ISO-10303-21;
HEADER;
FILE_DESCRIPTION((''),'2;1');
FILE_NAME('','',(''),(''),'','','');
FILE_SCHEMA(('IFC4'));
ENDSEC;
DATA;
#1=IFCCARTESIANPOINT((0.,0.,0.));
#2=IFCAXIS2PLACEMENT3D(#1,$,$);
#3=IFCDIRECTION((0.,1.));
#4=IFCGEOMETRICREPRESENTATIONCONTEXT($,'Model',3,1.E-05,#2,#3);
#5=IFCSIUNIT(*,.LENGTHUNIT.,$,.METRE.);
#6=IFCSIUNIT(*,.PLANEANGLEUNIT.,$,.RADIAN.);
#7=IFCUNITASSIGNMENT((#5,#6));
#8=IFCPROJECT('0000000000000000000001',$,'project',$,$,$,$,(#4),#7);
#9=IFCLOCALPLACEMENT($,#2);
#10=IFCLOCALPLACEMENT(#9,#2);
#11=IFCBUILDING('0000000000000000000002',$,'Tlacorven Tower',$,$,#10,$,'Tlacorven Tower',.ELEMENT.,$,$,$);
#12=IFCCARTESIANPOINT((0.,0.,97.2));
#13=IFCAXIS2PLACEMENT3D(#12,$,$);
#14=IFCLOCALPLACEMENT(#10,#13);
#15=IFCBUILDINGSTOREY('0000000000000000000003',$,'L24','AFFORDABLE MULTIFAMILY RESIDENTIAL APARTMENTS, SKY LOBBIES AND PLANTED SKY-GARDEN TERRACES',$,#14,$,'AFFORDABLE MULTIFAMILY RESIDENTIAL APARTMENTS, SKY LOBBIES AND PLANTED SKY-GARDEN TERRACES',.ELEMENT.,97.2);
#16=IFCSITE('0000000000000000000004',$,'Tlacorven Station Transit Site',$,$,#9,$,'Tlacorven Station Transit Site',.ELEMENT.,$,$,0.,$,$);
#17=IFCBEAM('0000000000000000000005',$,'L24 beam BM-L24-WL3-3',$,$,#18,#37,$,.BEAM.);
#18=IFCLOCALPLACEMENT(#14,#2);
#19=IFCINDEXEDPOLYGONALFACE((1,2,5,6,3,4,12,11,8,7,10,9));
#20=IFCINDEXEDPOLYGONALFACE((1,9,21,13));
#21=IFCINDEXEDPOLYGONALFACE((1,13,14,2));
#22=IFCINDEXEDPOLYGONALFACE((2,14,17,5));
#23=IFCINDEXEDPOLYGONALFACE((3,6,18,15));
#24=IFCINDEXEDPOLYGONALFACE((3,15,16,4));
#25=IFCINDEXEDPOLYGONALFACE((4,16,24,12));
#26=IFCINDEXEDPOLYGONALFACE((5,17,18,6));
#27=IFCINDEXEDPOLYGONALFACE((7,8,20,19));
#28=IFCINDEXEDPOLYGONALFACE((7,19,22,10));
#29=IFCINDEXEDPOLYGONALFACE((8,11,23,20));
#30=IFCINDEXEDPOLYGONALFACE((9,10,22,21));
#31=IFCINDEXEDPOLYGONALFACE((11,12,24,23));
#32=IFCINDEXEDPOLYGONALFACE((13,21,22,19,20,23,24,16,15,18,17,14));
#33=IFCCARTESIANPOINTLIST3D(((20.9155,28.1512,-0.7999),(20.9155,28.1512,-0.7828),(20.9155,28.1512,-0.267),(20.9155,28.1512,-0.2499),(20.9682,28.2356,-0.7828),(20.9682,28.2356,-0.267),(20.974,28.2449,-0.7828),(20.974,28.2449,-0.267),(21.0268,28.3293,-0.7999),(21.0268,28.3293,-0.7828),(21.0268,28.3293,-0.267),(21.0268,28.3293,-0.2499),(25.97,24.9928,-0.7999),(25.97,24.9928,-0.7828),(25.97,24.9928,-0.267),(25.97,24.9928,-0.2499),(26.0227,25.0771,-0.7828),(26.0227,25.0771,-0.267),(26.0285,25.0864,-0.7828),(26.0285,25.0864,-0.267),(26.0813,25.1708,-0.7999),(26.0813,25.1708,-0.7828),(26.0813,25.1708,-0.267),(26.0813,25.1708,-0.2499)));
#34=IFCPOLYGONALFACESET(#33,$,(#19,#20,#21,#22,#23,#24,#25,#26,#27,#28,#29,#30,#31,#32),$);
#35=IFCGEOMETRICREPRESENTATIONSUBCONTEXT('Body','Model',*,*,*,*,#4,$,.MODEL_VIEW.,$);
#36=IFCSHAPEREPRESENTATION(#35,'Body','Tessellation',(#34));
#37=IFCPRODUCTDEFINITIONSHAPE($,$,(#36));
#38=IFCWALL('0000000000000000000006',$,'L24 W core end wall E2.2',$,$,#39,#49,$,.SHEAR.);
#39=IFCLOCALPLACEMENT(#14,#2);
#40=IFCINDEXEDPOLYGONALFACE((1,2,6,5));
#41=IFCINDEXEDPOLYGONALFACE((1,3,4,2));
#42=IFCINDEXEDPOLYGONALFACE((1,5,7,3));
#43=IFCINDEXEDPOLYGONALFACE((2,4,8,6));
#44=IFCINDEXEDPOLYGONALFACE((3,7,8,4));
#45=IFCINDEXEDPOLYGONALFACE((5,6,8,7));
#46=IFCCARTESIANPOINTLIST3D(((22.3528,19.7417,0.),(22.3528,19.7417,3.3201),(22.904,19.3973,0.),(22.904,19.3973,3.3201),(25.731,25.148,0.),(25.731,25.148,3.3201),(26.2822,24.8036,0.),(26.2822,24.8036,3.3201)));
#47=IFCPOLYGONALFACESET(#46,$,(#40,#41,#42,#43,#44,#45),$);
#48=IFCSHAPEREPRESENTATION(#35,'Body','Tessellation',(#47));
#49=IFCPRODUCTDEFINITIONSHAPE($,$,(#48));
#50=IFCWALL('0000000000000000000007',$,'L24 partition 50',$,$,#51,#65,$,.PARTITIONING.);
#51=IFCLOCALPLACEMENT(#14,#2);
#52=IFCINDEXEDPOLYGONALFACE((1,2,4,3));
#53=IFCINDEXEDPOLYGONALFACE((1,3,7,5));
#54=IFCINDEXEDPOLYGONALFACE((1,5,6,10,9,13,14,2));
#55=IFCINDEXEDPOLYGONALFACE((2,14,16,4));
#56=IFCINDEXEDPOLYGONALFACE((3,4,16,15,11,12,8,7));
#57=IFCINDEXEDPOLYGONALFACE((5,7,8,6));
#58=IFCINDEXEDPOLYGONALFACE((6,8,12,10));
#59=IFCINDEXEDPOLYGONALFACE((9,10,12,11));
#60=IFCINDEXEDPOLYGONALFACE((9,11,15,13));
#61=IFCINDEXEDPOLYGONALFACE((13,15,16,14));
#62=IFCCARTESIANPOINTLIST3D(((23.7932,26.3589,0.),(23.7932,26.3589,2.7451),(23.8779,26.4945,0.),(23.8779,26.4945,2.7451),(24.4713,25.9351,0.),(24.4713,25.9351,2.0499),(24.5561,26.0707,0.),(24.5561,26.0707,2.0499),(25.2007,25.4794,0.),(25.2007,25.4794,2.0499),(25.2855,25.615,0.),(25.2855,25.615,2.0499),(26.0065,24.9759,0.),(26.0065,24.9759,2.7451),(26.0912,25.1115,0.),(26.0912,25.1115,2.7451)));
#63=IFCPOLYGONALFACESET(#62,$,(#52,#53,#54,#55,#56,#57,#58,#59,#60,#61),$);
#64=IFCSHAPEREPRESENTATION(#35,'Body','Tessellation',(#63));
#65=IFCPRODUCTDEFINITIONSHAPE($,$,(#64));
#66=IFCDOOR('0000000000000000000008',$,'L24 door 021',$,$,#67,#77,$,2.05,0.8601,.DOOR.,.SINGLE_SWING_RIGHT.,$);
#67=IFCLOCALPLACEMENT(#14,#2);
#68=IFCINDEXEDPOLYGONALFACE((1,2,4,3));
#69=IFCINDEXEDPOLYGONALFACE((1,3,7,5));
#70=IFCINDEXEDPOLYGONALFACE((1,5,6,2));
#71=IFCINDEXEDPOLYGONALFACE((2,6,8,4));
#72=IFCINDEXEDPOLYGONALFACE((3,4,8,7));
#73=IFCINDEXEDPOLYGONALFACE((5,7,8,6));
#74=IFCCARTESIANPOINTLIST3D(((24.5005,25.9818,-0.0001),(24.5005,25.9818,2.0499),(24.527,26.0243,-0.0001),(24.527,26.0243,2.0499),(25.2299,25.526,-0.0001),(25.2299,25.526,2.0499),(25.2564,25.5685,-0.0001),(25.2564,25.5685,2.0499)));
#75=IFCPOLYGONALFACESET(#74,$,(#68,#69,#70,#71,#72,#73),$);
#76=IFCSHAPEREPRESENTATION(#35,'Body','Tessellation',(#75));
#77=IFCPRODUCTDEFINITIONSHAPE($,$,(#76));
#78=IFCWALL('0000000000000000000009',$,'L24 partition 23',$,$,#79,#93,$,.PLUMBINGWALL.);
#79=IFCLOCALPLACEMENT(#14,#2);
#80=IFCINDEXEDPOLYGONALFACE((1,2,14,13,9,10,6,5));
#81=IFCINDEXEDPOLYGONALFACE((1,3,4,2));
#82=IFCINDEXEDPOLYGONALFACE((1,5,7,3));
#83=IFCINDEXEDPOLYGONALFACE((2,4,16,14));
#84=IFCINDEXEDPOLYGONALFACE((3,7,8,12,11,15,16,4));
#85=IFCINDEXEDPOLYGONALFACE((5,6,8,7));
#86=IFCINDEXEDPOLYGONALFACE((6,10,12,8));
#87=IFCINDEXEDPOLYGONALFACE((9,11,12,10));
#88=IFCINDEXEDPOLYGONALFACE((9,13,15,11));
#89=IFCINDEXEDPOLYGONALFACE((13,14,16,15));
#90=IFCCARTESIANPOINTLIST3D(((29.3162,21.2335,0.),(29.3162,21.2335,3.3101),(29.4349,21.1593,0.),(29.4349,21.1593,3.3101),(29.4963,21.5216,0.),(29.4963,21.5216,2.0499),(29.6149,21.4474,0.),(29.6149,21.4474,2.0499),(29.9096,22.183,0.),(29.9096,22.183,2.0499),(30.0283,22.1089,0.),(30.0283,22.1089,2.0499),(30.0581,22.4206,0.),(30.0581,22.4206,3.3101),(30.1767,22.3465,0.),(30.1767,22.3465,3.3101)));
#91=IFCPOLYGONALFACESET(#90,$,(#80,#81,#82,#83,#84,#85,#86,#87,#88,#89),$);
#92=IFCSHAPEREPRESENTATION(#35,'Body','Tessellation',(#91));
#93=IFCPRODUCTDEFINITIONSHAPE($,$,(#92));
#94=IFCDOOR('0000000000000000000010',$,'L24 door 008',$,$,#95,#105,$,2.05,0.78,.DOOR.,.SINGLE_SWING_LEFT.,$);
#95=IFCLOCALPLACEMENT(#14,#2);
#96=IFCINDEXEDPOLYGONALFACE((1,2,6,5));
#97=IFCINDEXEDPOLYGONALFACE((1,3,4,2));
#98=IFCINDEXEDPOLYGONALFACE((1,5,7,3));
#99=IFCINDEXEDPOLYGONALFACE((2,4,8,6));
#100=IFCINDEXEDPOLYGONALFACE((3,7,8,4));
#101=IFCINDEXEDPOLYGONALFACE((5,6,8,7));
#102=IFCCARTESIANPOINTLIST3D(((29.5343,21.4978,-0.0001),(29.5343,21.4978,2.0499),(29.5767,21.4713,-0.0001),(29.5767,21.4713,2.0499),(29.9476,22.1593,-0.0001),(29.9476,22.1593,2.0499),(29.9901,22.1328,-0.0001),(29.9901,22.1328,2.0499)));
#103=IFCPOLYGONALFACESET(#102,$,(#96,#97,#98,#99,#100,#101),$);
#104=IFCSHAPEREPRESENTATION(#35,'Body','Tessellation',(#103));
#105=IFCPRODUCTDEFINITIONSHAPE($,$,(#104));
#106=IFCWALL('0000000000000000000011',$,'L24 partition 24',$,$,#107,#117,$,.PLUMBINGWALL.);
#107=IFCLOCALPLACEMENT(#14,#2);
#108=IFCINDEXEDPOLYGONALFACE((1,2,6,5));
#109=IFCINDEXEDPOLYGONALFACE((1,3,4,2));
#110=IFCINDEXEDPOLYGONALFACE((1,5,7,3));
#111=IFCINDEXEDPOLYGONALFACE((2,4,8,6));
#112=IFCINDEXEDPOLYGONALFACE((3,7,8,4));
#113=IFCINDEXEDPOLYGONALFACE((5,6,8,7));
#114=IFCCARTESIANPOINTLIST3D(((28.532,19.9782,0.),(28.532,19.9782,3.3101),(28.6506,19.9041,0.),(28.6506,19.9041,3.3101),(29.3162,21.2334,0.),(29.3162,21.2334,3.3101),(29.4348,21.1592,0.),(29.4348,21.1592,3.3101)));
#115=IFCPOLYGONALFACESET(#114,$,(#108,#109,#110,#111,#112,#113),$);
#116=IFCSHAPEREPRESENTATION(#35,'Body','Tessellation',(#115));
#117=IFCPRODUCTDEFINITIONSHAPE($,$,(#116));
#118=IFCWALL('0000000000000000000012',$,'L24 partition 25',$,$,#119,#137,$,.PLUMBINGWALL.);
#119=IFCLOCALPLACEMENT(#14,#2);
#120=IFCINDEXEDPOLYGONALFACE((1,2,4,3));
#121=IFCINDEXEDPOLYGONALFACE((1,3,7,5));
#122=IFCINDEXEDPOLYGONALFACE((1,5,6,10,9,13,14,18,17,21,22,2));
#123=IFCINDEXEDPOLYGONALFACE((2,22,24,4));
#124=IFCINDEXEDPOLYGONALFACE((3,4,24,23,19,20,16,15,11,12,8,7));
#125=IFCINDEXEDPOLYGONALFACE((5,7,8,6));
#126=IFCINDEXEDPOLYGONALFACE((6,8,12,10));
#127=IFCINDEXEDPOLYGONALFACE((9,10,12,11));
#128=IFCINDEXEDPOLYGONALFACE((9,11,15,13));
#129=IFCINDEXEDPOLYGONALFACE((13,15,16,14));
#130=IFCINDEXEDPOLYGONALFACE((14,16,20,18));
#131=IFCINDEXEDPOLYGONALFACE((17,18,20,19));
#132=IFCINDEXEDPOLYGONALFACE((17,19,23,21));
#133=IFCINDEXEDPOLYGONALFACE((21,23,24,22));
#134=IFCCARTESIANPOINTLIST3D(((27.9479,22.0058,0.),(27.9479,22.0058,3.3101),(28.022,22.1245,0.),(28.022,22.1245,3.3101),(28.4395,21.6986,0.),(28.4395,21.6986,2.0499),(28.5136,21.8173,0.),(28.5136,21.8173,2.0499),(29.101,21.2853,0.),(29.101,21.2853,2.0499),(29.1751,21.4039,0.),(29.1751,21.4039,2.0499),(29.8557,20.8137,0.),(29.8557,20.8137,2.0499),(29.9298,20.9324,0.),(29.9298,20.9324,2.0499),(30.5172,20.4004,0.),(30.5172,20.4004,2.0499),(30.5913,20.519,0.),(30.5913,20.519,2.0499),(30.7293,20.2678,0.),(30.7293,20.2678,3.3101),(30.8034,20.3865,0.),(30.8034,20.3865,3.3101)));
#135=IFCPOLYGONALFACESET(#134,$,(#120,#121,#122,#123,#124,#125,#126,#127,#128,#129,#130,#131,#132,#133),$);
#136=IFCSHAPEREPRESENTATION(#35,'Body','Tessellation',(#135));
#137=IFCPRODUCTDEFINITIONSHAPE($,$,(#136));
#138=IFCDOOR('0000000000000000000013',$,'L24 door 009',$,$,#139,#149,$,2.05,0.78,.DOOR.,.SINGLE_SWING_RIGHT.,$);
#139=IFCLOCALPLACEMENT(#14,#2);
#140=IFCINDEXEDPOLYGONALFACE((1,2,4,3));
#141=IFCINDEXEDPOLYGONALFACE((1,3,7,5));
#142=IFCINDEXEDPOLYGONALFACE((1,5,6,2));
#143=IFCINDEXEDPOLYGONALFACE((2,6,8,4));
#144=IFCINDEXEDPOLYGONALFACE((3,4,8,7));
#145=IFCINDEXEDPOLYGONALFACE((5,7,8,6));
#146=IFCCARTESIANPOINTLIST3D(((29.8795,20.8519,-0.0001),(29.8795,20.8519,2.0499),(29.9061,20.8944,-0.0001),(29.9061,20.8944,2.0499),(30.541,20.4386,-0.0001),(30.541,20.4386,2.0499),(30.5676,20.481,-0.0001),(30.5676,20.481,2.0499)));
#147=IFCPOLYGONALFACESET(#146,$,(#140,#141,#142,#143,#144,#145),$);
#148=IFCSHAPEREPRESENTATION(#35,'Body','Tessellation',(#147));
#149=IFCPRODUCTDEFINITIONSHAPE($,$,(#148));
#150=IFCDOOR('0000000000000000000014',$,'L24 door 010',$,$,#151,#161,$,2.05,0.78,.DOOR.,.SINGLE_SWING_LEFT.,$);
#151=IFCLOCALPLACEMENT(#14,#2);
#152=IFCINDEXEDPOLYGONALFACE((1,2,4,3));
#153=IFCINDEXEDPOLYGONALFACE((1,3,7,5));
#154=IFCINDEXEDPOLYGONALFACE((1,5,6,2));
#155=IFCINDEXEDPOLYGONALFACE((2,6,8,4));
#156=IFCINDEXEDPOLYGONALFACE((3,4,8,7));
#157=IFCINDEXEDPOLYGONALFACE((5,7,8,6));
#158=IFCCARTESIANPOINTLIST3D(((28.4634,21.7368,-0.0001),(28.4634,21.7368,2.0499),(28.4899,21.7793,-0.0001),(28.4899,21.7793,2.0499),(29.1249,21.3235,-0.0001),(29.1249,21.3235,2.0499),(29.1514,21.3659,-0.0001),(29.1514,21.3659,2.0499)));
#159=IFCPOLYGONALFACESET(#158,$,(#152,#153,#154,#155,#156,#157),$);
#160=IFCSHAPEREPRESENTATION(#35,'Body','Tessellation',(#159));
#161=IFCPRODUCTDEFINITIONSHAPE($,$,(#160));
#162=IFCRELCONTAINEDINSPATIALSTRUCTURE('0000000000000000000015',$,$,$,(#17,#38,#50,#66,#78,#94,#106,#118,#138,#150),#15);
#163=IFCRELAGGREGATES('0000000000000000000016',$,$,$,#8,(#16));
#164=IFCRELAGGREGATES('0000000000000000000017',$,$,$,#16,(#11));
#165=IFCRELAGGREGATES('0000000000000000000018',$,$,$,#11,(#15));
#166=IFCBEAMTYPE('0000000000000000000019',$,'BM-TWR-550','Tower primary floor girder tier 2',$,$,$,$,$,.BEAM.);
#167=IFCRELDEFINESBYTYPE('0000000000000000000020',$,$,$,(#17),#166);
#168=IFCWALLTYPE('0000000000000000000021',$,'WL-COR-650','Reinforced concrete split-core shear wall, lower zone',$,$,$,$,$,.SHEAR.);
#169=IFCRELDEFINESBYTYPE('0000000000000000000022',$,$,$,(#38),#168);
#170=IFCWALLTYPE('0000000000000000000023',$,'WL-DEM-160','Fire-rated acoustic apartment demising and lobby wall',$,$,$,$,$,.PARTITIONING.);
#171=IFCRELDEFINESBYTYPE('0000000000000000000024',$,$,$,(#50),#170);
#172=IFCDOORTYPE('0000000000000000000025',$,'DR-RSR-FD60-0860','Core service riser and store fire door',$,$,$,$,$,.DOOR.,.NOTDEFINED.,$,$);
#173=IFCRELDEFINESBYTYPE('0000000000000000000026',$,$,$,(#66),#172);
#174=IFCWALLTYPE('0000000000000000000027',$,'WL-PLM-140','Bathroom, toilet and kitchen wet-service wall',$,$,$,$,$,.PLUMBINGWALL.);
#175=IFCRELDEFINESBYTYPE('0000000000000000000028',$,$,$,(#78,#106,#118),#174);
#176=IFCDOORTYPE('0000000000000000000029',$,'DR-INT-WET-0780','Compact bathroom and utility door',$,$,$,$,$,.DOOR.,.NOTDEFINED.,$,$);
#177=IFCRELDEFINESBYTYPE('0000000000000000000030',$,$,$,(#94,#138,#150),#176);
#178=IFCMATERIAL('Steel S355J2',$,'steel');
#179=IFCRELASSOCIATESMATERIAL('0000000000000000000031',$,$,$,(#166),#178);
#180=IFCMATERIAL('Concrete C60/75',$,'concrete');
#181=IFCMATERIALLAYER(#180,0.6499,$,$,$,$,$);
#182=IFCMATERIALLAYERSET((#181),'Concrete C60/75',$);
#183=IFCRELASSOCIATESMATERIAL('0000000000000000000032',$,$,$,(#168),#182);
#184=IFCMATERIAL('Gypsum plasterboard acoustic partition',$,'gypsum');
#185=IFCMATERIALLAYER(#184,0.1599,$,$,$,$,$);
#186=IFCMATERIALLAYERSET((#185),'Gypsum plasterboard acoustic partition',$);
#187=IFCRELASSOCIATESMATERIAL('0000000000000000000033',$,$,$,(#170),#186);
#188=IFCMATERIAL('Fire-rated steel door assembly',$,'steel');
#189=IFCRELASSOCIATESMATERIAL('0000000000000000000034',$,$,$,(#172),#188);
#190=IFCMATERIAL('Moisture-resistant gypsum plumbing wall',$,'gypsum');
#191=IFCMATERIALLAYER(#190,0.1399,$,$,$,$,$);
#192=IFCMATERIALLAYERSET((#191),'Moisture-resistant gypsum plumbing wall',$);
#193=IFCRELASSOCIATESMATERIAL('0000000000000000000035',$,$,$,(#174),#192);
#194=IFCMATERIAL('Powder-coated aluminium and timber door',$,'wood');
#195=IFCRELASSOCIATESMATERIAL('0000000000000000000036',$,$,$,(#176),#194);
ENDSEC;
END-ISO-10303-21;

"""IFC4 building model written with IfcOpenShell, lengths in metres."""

from ifc_helpers import new_model, si_unit, direction, frame, frame_2d, origin, origin_2d, place, context, subcontext, project, spatial, rectangle, i_section, extrude, source, transform, mapped, material, layer, layer_set, material_profile, profile_set, type_object, element, fill, save


model = new_model("IFC4")

# Units and contexts
model_context = context("Model", 3, precision=1e-05, world=origin(), true_north=direction((0.0, 1.0)))
body_context = subcontext(model_context, "Body", "Model", "MODEL_VIEW")
ifc_project = project(units=[si_unit("LENGTHUNIT", "METRE"), si_unit("PLANEANGLEUNIT", "RADIAN")], contexts=[model_context])

# Site, building, storey
site_placement = place(None, origin())
site = spatial("IfcSite", under=ifc_project, at=site_placement, Name="Tlacorven Station Transit Site", LongName="Tlacorven Station Transit Site", CompositionType="ELEMENT", RefElevation=0.0)
building_placement = place(site_placement, origin())
building = spatial("IfcBuilding", under=site, at=building_placement, Name="Tlacorven Tower", LongName="Tlacorven Tower", CompositionType="ELEMENT")
storey_placement = place(building_placement, frame((0.0, 0.0, 97.2)))
storey = spatial("IfcBuildingStorey", under=building, at=storey_placement, Name="L24", Description="AFFORDABLE MULTIFAMILY RESIDENTIAL APARTMENTS, SKY LOBBIES AND PLANTED SKY-GARDEN TERRACES", LongName="AFFORDABLE MULTIFAMILY RESIDENTIAL APARTMENTS, SKY LOBBIES AND PLANTED SKY-GARDEN TERRACES", CompositionType="ELEMENT", Elevation=97.2)

# Beam
ifc_material_1 = material(Name="Steel S355J2", Category="steel")
ifc_material_profile = material_profile(ifc_material_1, i_section(OverallWidth=0.21, OverallDepth=0.55, WebThickness=0.011, FlangeThickness=0.0171, at=origin_2d()), Name="IPE 550")
ifc_profile_set = profile_set([ifc_material_profile], Name="Steel S355J2")
beam_type = type_object("IfcBeamType", Name="BM-TWR-550", Description="Tower primary floor girder tier 2", PredefinedType="BEAM", material=ifc_profile_set)
shared_shape_1 = source(origin(), body_context, "Body", "SweptSolid", [
    extrude(i_section(OverallWidth=0.21, OverallDepth=0.55, WebThickness=0.011, FlangeThickness=0.0171, at=origin_2d()), origin(), (0.0, 0.0, 1.0), 5.9602),
])
beam_placement = place(storey_placement, frame((26.0256, 25.0818, -0.5249), z_axis=(-0.848042, 0.529929, 0.0), x_axis=(-0.529929, -0.848042, 0.0)))
element("IfcBeam", 1, at=beam_placement, inside=storey, type_object=beam_type, Name="L24 beam BM-L24-WL3-3", PredefinedType="BEAM", context=body_context, shape_type="MappedRepresentation", body=[
    mapped(shared_shape_1, transform((0.0, 0.0, 0.0), scale=1.0)),
])

# Wall
ifc_material_2 = material(Name="Concrete C60/75", Category="concrete")
ifc_layer_1 = layer(ifc_material_2, 0.6499)
ifc_layer_set_1 = layer_set([ifc_layer_1], Name="Concrete C60/75")
wall_type_1 = type_object("IfcWallType", Name="WL-COR-650", Description="Reinforced concrete split-core shear wall, lower zone", PredefinedType="SHEAR", material=ifc_layer_set_1)
wall_1_placement = place(storey_placement, frame((26.0066, 24.9758, 0.0), z_axis=(0.0, 0.0, 1.0), x_axis=(-0.529916, -0.84805, 0.0)))
element("IfcWall", 2, at=wall_1_placement, inside=storey, type_object=wall_type_1, Name="L24 W core end wall E2.2", PredefinedType="SHEAR", context=body_context, shape_type="SweptSolid", body=[
    extrude(rectangle(XDim=6.375, YDim=0.6499, at=frame_2d((3.1875, 0.0))), origin(), (0.0, 0.0, 1.0), 3.3201),
])

# Walls, openings, doors
ifc_material_3 = material(Name="Gypsum plasterboard acoustic partition", Category="gypsum")
ifc_layer_2 = layer(ifc_material_3, 0.1599)
ifc_layer_set_2 = layer_set([ifc_layer_2], Name="Gypsum plasterboard acoustic partition")
wall_type_2 = type_object("IfcWallType", Name="WL-DEM-160", Description="Fire-rated acoustic apartment demising and lobby wall", PredefinedType="PARTITIONING", material=ifc_layer_set_2)
wall_2_placement = place(storey_placement, frame((26.0488, 25.0437, 0.0), z_axis=(0.0, 0.0, 1.0), x_axis=(-0.848051, 0.529915, 0.0)))
wall_2 = element("IfcWall", 3, at=wall_2_placement, inside=storey, type_object=wall_type_2, Name="L24 partition 50", PredefinedType="PARTITIONING", context=body_context, shape_type="SweptSolid", body=[
    extrude(rectangle(XDim=2.6099, YDim=0.1599, at=frame_2d((1.3049, 0.0))), origin(), (0.0, 0.0, 1.0), 2.7451),
])
opening_1_placement = place(wall_2_placement, frame((0.95, 0.0, 0.0)))
opening_1 = element("IfcOpeningElement", 4, at=opening_1_placement, cuts=wall_2, PredefinedType="OPENING", context=body_context, shape_type="SweptSolid", body=[
    extrude(rectangle(XDim=0.8601, YDim=2.05, at=frame_2d((0.4302, 1.0249))), frame((0.0, 0.0898, 0.0), z_axis=(0.0, -1.0, 0.0), x_axis=(1.0, 0.0, 0.0)), (0.0, 0.0, 1.0), 0.1799),
])
ifc_material_4 = material(Name="Fire-rated steel door assembly", Category="steel")
door_type_1 = type_object("IfcDoorType", Name="DR-RSR-FD60-0860", Description="Core service riser and store fire door", OperationType="NOTDEFINED", PredefinedType="DOOR", material=ifc_material_4)
shared_shape_2 = source(origin(), body_context, "Body", "SweptSolid", [
    extrude(rectangle(XDim=0.8601, YDim=2.05, at=frame_2d((0.4302, 1.0249))), frame((0.0, 0.0249, 0.0), z_axis=(0.0, -1.0, 0.0), x_axis=(1.0, 0.0, 0.0)), (0.0, 0.0, 1.0), 0.05),
])
door_1_placement = place(opening_1_placement, origin())
door_1 = element("IfcDoor", 5, at=door_1_placement, inside=storey, type_object=door_type_1, Name="L24 door 021", OperationType="SINGLE_SWING_RIGHT", OverallHeight=2.05, OverallWidth=0.8601, PredefinedType="DOOR", context=body_context, shape_type="MappedRepresentation", body=[
    mapped(shared_shape_2, transform((0.0, 0.0, 0.0), scale=1.0)),
])
fill(opening_1, door_1)
ifc_material_5 = material(Name="Moisture-resistant gypsum plumbing wall", Category="gypsum")
ifc_layer_3 = layer(ifc_material_5, 0.1399)
ifc_layer_set_3 = layer_set([ifc_layer_3], Name="Moisture-resistant gypsum plumbing wall")
wall_type_3 = type_object("IfcWallType", Name="WL-PLM-140", Description="Bathroom, toilet and kitchen wet-service wall", PredefinedType="PLUMBINGWALL", material=ifc_layer_set_3)
wall_3_placement = place(storey_placement, frame((30.1174, 22.3835, 0.0), z_axis=(0.0, 0.0, 1.0), x_axis=(-0.529952, -0.848028, 0.0)))
wall_3 = element("IfcWall", 6, at=wall_3_placement, inside=storey, type_object=wall_type_3, Name="L24 partition 23", PredefinedType="PLUMBINGWALL", context=body_context, shape_type="SweptSolid", body=[
    extrude(rectangle(XDim=1.3999, YDim=0.1399, at=frame_2d((0.7, 0.0))), origin(), (0.0, 0.0, 1.0), 3.3101),
])
opening_2_placement = place(wall_3_placement, frame((0.28, 0.0, 0.0)))
opening_2 = element("IfcOpeningElement", 7, at=opening_2_placement, cuts=wall_3, PredefinedType="OPENING", context=body_context, shape_type="SweptSolid", body=[
    extrude(rectangle(XDim=0.78, YDim=2.05, at=frame_2d((0.3901, 1.0249))), frame((0.0, 0.0801, 0.0), z_axis=(0.0, -1.0, 0.0), x_axis=(1.0, 0.0, 0.0)), (0.0, 0.0, 1.0), 0.1599),
])
ifc_material_6 = material(Name="Powder-coated aluminium and timber door", Category="wood")
door_type_2 = type_object("IfcDoorType", Name="DR-INT-WET-0780", Description="Compact bathroom and utility door", OperationType="NOTDEFINED", PredefinedType="DOOR", material=ifc_material_6)
shared_shape_3 = source(origin(), body_context, "Body", "SweptSolid", [
    extrude(rectangle(XDim=0.78, YDim=2.05, at=frame_2d((0.3901, 1.0249))), frame((0.0, 0.0249, 0.0), z_axis=(0.0, -1.0, 0.0), x_axis=(1.0, 0.0, 0.0)), (0.0, 0.0, 1.0), 0.05),
])
door_2_placement = place(opening_2_placement, origin())
door_2 = element("IfcDoor", 8, at=door_2_placement, inside=storey, type_object=door_type_2, Name="L24 door 008", OperationType="SINGLE_SWING_LEFT", OverallHeight=2.05, OverallWidth=0.78, PredefinedType="DOOR", context=body_context, shape_type="MappedRepresentation", body=[
    mapped(shared_shape_3, transform((0.0, 0.0, 0.0), scale=1.0)),
])
fill(opening_2, door_2)

# Wall
wall_4_placement = place(storey_placement, frame((29.3755, 21.1963, 0.0), z_axis=(0.0, 0.0, 1.0), x_axis=(-0.529865, -0.848082, 0.0)))
element("IfcWall", 9, at=wall_4_placement, inside=storey, type_object=wall_type_3, Name="L24 partition 24", PredefinedType="PLUMBINGWALL", context=body_context, shape_type="SweptSolid", body=[
    extrude(rectangle(XDim=1.48, YDim=0.1399, at=frame_2d((0.74, 0.0))), origin(), (0.0, 0.0, 1.0), 3.3101),
])

# Wall, openings, doors
wall_5_placement = place(storey_placement, frame((30.7664, 20.3271, 0.0), z_axis=(0.0, 0.0, 1.0), x_axis=(-0.848053, 0.529912, 0.0)))
wall_5 = element("IfcWall", 10, at=wall_5_placement, inside=storey, type_object=wall_type_3, Name="L24 partition 25", PredefinedType="PLUMBINGWALL", context=body_context, shape_type="SweptSolid", body=[
    extrude(rectangle(XDim=3.2798, YDim=0.1399, at=frame_2d((1.6399, 0.0))), origin(), (0.0, 0.0, 1.0), 3.3101),
])
opening_3_placement = place(wall_5_placement, frame((0.25, 0.0, 0.0)))
opening_3 = element("IfcOpeningElement", 11, at=opening_3_placement, cuts=wall_5, PredefinedType="OPENING", context=body_context, shape_type="SweptSolid", body=[
    extrude(rectangle(XDim=0.78, YDim=2.05, at=frame_2d((0.3901, 1.0249))), frame((0.0, 0.0801, 0.0), z_axis=(0.0, -1.0, 0.0), x_axis=(1.0, 0.0, 0.0)), (0.0, 0.0, 1.0), 0.1599),
])
opening_4_placement = place(wall_5_placement, frame((1.9199, 0.0, 0.0)))
opening_4 = element("IfcOpeningElement", 12, at=opening_4_placement, cuts=wall_5, PredefinedType="OPENING", context=body_context, shape_type="SweptSolid", body=[
    extrude(rectangle(XDim=0.78, YDim=2.05, at=frame_2d((0.3901, 1.0249))), frame((0.0, 0.0801, 0.0), z_axis=(0.0, -1.0, 0.0), x_axis=(1.0, 0.0, 0.0)), (0.0, 0.0, 1.0), 0.1599),
])
door_3_placement = place(opening_3_placement, origin())
door_3 = element("IfcDoor", 13, at=door_3_placement, inside=storey, type_object=door_type_2, Name="L24 door 009", OperationType="SINGLE_SWING_RIGHT", OverallHeight=2.05, OverallWidth=0.78, PredefinedType="DOOR", context=body_context, shape_type="MappedRepresentation", body=[
    mapped(shared_shape_3, transform((0.0, 0.0, 0.0), scale=1.0)),
])
fill(opening_3, door_3)
door_4_placement = place(opening_4_placement, origin())
door_4 = element("IfcDoor", 14, at=door_4_placement, inside=storey, type_object=door_type_2, Name="L24 door 010", OperationType="SINGLE_SWING_LEFT", OverallHeight=2.05, OverallWidth=0.78, PredefinedType="DOOR", context=body_context, shape_type="MappedRepresentation", body=[
    mapped(shared_shape_3, transform((0.0, 0.0, 0.0), scale=1.0)),
])
fill(opening_4, door_4)

save(model, "model.ifc")
